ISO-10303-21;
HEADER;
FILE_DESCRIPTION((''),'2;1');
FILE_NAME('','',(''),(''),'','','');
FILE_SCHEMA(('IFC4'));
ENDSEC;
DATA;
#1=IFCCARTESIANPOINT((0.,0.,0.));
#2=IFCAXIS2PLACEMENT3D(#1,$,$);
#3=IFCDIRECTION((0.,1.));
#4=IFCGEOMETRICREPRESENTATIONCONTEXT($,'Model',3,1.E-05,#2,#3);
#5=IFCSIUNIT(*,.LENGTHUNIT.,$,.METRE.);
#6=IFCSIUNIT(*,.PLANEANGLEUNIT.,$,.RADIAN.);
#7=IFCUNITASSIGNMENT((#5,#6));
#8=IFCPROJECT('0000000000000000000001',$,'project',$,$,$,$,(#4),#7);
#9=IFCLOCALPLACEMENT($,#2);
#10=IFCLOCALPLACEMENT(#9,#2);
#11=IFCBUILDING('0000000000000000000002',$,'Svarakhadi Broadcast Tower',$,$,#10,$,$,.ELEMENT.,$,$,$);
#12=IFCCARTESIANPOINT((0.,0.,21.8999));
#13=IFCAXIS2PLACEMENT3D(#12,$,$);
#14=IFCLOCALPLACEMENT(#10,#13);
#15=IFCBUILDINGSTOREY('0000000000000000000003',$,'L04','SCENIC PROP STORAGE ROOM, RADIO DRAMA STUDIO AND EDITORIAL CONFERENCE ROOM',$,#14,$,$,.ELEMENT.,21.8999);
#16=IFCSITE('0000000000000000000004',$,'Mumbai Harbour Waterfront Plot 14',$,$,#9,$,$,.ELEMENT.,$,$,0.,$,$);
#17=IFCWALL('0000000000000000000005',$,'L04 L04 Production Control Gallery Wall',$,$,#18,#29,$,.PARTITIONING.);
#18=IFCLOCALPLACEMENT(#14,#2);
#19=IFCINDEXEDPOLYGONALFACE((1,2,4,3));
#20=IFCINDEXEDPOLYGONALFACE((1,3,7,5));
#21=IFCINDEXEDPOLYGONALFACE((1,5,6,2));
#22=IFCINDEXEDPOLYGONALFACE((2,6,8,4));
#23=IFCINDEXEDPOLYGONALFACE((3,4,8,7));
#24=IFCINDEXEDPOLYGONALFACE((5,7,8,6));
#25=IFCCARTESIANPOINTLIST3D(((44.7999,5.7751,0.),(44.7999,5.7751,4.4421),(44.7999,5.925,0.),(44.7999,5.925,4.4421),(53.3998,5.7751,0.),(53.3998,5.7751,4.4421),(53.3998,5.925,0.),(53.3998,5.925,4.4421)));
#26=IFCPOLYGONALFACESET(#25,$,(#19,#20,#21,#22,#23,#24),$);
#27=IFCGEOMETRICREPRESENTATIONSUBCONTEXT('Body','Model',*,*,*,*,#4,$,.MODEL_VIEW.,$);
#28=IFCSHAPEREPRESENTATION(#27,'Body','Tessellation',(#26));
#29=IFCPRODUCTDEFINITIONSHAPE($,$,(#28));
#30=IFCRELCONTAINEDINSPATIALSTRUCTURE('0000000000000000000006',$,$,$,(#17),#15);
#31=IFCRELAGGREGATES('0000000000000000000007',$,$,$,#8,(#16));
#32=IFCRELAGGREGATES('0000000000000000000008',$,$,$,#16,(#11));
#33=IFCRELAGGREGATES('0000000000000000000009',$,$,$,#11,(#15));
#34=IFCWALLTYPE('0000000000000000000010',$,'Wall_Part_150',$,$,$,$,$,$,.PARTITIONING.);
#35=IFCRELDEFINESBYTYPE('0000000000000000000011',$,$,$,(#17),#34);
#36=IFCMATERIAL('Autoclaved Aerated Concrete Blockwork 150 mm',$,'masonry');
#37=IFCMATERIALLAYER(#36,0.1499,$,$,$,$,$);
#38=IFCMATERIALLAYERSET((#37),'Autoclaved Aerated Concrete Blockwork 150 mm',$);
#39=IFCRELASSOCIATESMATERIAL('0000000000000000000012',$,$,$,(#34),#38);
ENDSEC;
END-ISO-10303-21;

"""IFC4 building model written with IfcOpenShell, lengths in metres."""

from ifc_helpers import new_model, si_unit, direction, frame, frame_2d, origin, place, context, subcontext, project, spatial, rectangle, extrude, material, layer, layer_set, type_object, element, save


model = new_model("IFC4")

# Units and contexts
model_context = context("Model", 3, precision=1e-05, world=origin(), true_north=direction((0.0, 1.0)))
body_context = subcontext(model_context, "Body", "Model", "MODEL_VIEW")
ifc_project = project(units=[si_unit("LENGTHUNIT", "METRE"), si_unit("PLANEANGLEUNIT", "RADIAN")], contexts=[model_context])

# Site, building, storey
site_placement = place(None, origin())
site = spatial("IfcSite", under=ifc_project, at=site_placement, Name="Mumbai Harbour Waterfront Plot 14", CompositionType="ELEMENT", RefElevation=0.0)
building_placement = place(site_placement, origin())
building = spatial("IfcBuilding", under=site, at=building_placement, Name="Svarakhadi Broadcast Tower", CompositionType="ELEMENT")
storey_placement = place(building_placement, frame((0.0, 0.0, 21.8999)))
storey = spatial("IfcBuildingStorey", under=building, at=storey_placement, Name="L04", Description="SCENIC PROP STORAGE ROOM, RADIO DRAMA STUDIO AND EDITORIAL CONFERENCE ROOM", CompositionType="ELEMENT", Elevation=21.8999)

# Wall
ifc_material_1 = material(Name="Autoclaved Aerated Concrete Blockwork 150 mm", Category="masonry")
ifc_layer_1 = layer(ifc_material_1, 0.1499)
ifc_layer_set_1 = layer_set([ifc_layer_1], Name="Autoclaved Aerated Concrete Blockwork 150 mm")
wall_type = type_object("IfcWallType", Name="Wall_Part_150", PredefinedType="PARTITIONING", material=ifc_layer_set_1)
wall_1_placement = place(storey_placement, frame((44.8, 5.8501, 0.0), z_axis=(0.0, 0.0, 1.0), x_axis=(1.0, 0.0, 0.0)))
element("IfcWall", 1, at=wall_1_placement, inside=storey, type_object=wall_type, Name="L04 L04 Production Control Gallery Wall", PredefinedType="PARTITIONING", context=body_context, shape_type="SweptSolid", body=[
    extrude(rectangle(XDim=8.5999, YDim=0.1499, at=frame_2d((4.2998, 0.0))), origin(), (0.0, 0.0, 1.0), 4.4421),
])

save(model, "model.ifc")
